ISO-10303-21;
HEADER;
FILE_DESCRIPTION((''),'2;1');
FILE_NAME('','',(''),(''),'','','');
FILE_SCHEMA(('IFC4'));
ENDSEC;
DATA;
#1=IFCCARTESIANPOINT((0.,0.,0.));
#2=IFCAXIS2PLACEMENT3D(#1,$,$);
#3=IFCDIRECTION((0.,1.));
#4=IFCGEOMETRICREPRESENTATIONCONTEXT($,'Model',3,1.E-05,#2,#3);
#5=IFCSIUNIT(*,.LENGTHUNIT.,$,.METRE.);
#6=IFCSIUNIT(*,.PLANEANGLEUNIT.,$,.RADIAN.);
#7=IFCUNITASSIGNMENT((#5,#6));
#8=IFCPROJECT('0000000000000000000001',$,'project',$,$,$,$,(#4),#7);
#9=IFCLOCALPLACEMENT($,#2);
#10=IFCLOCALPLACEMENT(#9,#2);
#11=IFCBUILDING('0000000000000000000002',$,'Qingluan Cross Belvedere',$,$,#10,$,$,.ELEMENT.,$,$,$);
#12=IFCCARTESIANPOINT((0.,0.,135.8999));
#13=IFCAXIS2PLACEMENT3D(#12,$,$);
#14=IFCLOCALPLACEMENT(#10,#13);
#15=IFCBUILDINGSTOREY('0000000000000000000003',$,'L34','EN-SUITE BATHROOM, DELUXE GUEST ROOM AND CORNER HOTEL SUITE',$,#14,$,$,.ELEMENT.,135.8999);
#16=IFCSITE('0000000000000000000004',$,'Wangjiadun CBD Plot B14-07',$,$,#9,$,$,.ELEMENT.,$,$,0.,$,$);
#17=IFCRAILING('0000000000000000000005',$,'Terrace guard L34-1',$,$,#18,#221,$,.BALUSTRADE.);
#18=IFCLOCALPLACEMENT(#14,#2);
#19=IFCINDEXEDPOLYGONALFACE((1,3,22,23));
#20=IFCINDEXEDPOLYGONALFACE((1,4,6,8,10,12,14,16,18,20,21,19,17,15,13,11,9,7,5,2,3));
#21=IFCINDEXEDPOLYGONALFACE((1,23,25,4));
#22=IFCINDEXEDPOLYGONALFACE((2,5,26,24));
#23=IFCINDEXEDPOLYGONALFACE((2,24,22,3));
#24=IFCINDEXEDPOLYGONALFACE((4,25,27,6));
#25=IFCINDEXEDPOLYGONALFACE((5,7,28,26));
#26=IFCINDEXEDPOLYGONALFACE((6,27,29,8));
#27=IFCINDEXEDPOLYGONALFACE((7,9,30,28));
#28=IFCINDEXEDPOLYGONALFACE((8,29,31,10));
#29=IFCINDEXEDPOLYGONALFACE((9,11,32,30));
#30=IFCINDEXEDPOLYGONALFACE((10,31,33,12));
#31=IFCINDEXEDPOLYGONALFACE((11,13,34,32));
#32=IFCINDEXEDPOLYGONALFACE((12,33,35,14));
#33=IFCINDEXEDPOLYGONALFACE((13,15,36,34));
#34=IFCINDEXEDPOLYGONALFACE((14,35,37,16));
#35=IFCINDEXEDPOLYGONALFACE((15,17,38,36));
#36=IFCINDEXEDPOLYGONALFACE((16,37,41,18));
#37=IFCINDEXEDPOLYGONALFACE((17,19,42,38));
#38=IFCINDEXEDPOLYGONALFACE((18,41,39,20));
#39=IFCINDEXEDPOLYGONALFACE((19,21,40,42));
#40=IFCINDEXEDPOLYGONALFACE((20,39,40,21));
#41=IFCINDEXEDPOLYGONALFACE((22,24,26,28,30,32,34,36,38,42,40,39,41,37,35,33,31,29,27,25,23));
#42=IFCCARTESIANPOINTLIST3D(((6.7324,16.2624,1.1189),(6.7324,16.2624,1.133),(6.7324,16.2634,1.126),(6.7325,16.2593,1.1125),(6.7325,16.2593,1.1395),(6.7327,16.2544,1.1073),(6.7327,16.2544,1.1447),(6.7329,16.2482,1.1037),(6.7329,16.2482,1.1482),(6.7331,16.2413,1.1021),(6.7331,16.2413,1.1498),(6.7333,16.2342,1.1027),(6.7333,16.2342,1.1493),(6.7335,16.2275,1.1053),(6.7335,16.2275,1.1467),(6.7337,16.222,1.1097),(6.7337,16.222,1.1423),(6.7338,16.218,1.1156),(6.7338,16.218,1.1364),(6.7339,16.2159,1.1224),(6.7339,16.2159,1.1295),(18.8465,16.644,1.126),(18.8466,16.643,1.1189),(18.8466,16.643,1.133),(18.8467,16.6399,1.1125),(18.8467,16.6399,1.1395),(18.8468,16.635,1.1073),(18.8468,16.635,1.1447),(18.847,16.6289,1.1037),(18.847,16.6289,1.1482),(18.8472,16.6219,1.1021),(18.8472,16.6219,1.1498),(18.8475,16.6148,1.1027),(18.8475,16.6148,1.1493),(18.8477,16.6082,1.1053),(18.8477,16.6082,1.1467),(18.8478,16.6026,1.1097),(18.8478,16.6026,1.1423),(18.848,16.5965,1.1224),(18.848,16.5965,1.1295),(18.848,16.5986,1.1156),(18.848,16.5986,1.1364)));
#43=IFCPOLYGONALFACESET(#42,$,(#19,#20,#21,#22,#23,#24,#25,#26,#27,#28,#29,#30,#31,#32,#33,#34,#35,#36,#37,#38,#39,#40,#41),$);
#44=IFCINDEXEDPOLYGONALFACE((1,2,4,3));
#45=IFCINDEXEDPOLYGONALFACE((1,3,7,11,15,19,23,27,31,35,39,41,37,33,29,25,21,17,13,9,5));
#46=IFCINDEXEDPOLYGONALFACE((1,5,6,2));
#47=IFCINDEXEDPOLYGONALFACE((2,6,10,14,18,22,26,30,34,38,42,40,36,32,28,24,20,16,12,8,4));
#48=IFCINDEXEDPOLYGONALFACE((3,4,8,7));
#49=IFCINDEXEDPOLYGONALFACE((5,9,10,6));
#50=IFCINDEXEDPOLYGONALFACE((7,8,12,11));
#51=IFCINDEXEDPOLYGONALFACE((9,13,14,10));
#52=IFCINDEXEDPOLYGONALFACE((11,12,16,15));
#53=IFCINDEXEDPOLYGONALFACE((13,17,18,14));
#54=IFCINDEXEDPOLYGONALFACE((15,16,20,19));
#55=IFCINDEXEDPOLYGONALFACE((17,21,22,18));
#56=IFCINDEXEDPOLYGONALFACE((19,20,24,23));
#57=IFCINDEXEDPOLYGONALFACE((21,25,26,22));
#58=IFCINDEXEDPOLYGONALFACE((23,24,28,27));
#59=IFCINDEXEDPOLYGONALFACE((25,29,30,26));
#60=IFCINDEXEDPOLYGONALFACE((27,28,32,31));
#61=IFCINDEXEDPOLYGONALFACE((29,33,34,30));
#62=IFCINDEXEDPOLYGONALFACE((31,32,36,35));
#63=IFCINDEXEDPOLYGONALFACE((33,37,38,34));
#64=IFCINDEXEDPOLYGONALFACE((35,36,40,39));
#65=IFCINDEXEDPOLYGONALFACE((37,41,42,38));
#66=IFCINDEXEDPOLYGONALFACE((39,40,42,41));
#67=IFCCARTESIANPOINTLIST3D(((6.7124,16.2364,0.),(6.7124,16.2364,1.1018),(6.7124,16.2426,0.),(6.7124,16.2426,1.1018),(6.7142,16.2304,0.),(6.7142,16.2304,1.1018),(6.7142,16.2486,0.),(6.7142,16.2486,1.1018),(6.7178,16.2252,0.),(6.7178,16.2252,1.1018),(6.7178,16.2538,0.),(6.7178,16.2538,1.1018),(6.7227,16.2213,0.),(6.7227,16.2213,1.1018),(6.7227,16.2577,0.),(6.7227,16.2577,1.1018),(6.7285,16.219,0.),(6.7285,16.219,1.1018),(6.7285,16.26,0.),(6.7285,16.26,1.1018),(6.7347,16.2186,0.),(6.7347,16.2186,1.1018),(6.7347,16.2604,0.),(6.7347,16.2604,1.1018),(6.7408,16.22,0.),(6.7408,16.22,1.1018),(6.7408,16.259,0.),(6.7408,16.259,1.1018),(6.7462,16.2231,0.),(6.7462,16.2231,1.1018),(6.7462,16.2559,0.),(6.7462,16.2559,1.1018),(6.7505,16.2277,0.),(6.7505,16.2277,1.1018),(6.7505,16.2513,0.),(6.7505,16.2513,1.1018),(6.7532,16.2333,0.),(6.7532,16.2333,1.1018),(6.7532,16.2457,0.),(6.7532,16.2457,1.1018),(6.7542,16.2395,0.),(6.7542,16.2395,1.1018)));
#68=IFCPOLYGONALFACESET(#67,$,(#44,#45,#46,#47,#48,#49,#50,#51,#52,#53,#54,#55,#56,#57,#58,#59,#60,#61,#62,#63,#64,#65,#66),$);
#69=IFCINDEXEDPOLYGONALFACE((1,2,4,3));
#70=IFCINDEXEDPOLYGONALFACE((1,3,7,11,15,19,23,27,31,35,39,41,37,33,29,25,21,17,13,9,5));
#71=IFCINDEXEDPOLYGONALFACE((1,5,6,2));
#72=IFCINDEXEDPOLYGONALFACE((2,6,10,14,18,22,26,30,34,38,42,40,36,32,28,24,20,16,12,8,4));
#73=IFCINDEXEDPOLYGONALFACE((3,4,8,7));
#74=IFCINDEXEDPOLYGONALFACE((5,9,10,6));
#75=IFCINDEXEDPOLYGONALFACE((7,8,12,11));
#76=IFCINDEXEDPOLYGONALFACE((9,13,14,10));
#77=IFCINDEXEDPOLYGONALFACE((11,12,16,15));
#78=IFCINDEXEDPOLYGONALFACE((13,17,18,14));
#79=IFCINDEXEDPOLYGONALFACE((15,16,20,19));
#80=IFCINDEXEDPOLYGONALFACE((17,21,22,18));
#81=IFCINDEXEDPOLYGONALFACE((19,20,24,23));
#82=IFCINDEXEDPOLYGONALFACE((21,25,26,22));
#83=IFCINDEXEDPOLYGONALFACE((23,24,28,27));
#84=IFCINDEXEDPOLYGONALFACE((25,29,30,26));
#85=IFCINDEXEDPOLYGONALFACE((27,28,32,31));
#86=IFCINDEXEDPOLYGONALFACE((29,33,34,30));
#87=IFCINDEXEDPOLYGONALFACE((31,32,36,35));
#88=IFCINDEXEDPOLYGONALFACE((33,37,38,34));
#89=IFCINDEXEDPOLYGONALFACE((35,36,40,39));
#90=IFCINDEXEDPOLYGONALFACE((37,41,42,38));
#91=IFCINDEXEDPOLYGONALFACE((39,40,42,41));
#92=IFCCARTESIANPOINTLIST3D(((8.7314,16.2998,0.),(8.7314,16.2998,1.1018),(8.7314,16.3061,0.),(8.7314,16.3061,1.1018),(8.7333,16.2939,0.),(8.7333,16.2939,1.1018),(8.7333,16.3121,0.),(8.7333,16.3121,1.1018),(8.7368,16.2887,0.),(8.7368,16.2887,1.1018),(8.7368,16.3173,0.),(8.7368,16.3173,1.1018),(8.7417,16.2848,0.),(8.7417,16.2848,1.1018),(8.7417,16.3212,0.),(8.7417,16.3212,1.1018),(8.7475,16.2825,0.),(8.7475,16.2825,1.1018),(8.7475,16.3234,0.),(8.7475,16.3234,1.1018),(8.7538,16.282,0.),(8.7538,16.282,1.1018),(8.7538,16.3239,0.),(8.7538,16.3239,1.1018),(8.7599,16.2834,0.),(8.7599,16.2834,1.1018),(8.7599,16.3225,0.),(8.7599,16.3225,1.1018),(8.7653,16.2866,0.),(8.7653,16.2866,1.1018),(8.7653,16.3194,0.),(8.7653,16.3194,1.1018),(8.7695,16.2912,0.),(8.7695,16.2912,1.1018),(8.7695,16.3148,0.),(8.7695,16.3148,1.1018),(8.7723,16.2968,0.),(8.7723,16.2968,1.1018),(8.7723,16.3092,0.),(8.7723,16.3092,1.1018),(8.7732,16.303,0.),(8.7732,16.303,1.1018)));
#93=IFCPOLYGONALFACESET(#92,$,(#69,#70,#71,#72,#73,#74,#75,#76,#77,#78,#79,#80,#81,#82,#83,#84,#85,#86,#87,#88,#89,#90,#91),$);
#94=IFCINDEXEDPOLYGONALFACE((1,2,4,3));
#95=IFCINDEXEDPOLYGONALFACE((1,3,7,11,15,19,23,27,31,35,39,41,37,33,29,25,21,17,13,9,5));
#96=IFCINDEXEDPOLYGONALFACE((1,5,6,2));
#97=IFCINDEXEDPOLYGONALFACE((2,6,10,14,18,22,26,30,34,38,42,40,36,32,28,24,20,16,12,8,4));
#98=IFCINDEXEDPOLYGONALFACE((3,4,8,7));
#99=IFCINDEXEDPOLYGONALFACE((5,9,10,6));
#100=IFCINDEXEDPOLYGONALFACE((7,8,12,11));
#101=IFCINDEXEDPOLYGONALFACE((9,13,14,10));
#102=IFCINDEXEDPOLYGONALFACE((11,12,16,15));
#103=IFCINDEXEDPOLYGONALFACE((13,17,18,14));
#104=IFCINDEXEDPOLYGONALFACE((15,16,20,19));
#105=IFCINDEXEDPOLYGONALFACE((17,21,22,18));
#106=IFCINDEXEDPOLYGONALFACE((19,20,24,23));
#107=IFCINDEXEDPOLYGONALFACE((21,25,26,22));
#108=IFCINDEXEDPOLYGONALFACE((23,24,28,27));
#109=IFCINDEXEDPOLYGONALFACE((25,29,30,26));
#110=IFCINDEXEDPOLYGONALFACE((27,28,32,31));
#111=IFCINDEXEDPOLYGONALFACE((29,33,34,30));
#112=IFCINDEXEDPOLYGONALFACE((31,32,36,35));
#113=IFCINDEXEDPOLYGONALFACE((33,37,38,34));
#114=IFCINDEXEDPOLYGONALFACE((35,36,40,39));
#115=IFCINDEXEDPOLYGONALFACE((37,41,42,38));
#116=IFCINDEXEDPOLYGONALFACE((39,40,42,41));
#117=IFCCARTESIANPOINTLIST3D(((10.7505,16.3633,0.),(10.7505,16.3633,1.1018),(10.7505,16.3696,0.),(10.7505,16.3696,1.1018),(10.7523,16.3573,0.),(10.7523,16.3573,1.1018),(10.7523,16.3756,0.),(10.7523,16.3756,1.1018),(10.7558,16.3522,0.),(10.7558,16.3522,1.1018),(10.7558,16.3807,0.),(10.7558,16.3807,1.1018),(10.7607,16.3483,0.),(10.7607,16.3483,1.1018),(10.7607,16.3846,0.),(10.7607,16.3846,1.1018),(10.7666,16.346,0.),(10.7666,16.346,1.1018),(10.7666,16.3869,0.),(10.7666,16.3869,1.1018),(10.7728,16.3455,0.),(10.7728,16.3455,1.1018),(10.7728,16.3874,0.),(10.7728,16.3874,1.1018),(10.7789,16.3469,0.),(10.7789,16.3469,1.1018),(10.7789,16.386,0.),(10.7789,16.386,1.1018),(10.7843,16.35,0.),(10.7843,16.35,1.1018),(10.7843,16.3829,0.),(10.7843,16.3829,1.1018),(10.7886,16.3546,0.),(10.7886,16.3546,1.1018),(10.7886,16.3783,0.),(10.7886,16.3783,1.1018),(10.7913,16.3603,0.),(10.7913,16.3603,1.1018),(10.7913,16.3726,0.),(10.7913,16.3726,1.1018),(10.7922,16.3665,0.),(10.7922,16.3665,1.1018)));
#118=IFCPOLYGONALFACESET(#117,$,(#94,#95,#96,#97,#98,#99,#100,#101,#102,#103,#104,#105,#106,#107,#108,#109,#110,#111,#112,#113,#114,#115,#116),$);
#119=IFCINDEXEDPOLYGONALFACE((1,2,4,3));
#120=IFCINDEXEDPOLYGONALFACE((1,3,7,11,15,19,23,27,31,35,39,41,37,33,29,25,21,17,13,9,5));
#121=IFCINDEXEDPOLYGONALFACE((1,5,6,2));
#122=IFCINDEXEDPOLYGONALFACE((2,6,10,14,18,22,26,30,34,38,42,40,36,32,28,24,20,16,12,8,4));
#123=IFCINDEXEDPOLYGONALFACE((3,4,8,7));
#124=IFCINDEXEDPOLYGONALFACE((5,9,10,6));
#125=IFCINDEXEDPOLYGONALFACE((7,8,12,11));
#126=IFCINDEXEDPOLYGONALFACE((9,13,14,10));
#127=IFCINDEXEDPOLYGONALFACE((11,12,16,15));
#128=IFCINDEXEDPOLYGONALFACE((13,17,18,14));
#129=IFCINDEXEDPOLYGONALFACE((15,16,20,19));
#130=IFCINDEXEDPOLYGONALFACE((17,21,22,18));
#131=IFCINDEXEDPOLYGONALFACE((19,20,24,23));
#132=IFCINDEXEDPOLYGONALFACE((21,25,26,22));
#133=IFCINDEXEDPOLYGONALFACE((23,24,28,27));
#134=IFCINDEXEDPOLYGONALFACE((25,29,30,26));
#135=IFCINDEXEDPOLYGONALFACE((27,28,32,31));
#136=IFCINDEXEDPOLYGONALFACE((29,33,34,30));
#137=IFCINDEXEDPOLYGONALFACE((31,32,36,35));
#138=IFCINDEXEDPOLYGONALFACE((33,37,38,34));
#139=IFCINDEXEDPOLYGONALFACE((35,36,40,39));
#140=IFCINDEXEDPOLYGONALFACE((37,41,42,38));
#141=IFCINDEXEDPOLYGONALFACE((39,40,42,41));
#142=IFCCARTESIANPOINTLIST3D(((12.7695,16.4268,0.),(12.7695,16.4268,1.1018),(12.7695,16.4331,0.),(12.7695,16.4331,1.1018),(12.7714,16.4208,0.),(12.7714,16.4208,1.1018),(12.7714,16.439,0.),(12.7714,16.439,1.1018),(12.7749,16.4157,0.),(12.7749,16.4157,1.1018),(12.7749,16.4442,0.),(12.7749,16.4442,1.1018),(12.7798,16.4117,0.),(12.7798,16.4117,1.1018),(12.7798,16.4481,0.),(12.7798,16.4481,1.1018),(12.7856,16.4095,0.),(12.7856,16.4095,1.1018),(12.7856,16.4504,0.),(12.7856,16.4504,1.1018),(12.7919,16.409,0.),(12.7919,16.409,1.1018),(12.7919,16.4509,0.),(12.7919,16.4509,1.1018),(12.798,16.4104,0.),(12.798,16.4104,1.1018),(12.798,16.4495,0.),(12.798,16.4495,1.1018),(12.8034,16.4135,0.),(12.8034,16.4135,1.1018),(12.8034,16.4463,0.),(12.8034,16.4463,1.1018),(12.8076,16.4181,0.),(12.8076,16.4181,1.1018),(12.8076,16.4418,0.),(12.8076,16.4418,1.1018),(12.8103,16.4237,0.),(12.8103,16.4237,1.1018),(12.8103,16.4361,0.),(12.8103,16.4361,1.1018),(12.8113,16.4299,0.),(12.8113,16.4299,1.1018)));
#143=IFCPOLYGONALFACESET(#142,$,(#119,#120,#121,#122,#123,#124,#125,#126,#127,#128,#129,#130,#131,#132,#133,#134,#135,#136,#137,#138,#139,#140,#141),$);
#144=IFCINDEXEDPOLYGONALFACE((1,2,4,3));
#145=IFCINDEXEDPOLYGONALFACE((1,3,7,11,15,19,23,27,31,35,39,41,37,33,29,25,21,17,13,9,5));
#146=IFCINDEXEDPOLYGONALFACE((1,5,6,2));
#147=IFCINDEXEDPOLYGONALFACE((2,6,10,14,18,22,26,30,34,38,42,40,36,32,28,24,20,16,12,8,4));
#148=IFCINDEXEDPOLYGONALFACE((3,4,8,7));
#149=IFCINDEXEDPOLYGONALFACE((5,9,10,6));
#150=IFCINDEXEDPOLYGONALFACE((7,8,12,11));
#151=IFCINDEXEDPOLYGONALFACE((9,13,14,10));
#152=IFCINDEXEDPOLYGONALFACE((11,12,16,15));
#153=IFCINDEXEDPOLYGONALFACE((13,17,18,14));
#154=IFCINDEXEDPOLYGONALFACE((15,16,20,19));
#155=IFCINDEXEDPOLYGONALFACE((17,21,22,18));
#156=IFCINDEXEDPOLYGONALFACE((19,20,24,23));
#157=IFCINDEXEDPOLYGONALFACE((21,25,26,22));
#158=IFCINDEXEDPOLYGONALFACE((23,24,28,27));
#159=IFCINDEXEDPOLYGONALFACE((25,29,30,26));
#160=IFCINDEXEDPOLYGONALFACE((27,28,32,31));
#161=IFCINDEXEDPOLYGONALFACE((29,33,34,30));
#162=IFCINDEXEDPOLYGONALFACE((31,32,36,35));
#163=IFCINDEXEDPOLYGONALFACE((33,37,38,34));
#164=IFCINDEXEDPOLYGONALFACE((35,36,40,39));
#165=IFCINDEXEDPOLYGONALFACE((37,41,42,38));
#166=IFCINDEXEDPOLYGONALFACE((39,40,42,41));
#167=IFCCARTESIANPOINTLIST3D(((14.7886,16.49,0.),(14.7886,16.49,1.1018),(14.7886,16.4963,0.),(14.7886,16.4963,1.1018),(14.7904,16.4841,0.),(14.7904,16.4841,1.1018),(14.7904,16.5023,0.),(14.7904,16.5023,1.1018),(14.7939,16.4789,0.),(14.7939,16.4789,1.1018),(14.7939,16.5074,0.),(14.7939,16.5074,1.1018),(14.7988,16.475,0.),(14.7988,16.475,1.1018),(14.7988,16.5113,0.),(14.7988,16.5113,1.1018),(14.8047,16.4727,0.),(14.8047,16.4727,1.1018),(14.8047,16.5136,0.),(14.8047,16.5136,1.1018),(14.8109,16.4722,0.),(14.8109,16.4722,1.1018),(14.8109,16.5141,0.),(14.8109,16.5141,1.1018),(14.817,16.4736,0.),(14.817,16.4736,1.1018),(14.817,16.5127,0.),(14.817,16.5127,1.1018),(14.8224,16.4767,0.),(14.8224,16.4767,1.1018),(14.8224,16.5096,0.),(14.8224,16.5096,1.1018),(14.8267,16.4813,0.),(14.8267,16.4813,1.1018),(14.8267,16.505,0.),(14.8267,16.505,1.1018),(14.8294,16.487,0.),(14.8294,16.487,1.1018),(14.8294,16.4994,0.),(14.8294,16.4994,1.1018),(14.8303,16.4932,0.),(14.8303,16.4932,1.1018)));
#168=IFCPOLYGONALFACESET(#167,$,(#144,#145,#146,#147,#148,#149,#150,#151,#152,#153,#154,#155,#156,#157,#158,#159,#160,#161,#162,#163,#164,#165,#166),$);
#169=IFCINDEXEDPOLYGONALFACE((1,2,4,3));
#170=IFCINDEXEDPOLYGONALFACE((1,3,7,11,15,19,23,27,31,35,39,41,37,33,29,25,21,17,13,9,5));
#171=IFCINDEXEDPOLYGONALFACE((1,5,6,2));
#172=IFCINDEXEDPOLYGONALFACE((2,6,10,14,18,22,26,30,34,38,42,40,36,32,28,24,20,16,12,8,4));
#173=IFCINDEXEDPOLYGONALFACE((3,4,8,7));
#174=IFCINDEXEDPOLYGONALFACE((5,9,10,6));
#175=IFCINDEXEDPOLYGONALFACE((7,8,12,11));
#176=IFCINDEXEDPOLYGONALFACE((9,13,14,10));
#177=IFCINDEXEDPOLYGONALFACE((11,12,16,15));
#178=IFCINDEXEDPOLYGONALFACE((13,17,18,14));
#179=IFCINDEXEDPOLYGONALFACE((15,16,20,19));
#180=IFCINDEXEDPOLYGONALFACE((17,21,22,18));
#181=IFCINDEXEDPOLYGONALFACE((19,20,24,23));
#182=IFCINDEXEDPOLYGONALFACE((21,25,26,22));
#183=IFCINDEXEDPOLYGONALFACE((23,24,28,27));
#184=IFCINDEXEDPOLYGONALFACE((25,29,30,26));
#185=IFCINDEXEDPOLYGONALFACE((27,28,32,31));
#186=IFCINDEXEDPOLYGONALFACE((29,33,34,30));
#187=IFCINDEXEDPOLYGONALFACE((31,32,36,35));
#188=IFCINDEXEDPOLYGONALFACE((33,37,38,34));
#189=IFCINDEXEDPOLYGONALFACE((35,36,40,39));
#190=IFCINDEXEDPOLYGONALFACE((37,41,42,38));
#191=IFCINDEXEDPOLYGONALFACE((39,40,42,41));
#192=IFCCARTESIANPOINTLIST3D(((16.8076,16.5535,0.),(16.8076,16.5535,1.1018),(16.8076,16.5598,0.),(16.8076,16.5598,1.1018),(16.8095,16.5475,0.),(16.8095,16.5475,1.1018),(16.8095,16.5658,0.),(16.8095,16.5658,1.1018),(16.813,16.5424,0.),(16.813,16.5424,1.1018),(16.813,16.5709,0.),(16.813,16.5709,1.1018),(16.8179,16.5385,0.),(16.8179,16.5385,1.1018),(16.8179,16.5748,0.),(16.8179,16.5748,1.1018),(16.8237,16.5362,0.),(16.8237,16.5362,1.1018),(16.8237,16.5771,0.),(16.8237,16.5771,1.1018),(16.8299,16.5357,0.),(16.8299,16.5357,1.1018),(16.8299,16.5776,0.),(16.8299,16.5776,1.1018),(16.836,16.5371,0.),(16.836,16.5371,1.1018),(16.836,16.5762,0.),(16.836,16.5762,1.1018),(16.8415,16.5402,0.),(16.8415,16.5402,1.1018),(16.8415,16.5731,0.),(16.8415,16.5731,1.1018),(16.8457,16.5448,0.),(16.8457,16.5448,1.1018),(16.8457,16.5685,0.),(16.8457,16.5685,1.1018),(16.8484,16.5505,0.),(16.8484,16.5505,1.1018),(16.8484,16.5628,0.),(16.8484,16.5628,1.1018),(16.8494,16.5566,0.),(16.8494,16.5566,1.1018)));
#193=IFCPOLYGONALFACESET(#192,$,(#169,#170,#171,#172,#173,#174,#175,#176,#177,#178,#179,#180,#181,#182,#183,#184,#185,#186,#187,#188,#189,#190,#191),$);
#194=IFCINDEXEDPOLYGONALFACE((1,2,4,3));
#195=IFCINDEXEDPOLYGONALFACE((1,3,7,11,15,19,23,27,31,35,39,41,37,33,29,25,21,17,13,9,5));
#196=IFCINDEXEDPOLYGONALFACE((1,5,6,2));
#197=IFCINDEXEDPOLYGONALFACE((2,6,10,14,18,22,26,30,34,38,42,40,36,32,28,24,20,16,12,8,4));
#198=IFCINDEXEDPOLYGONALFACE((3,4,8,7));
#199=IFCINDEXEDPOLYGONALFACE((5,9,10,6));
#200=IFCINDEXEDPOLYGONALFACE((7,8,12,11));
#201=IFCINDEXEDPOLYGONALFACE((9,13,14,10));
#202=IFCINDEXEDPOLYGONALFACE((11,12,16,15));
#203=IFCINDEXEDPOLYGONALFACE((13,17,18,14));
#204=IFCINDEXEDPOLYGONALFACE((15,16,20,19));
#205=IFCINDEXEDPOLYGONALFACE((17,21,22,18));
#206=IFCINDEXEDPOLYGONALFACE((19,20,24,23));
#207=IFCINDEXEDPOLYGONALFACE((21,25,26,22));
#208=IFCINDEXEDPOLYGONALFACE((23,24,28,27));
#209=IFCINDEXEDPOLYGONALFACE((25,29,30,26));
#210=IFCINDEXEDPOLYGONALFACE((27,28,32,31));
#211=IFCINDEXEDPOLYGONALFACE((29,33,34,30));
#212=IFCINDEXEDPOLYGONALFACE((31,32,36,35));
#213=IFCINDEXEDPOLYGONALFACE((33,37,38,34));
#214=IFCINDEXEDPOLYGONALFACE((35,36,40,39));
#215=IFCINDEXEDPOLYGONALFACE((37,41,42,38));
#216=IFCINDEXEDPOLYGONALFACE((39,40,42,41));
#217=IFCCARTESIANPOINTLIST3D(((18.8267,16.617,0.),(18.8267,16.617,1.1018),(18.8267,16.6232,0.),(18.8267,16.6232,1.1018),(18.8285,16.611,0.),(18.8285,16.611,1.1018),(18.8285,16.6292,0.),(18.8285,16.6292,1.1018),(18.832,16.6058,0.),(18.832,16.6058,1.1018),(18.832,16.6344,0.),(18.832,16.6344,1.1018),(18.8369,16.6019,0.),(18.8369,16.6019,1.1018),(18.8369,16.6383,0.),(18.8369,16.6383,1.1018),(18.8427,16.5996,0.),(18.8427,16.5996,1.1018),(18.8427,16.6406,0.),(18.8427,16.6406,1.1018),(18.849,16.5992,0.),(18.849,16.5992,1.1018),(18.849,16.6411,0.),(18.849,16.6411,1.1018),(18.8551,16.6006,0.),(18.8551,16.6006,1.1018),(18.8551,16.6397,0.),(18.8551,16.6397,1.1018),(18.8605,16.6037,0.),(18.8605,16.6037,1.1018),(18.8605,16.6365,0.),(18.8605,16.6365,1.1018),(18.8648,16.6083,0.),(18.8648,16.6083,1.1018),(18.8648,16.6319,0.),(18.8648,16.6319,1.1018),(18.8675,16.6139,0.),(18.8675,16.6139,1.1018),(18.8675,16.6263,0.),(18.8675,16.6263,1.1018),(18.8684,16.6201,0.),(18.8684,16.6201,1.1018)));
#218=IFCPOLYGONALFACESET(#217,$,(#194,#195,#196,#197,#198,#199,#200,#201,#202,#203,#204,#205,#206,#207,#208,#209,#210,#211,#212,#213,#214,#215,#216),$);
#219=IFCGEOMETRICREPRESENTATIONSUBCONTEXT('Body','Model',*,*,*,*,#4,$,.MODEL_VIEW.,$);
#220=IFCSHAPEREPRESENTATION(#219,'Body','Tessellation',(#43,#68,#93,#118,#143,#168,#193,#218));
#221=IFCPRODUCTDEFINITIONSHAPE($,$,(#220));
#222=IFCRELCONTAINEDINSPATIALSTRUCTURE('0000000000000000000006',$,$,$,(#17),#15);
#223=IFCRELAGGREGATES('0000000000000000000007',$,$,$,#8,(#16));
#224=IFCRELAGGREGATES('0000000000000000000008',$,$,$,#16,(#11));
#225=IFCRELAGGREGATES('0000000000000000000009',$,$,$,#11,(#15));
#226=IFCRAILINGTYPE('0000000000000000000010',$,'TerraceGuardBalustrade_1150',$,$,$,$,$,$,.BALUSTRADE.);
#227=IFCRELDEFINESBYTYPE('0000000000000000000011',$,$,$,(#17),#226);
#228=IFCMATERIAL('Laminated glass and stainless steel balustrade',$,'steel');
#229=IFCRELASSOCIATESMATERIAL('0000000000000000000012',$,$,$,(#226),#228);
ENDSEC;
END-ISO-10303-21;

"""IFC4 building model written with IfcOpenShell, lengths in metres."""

from ifc_helpers import new_model, si_unit, direction, frame, origin, origin_2d, place, context, subcontext, project, spatial, circle, extrude, material, type_object, element, save


model = new_model("IFC4")

# Units and contexts
model_context = context("Model", 3, precision=1e-05, world=origin(), true_north=direction((0.0, 1.0)))
body_context = subcontext(model_context, "Body", "Model", "MODEL_VIEW")
ifc_project = project(units=[si_unit("LENGTHUNIT", "METRE"), si_unit("PLANEANGLEUNIT", "RADIAN")], contexts=[model_context])

# Site, building, storey
site_placement = place(None, origin())
site = spatial("IfcSite", under=ifc_project, at=site_placement, Name="Wangjiadun CBD Plot B14-07", CompositionType="ELEMENT", RefElevation=0.0)
building_placement = place(site_placement, origin())
building = spatial("IfcBuilding", under=site, at=building_placement, Name="Qingluan Cross Belvedere", CompositionType="ELEMENT")
storey_placement = place(building_placement, frame((0.0, 0.0, 135.8999)))
storey = spatial("IfcBuildingStorey", under=building, at=storey_placement, Name="L34", Description="EN-SUITE BATHROOM, DELUXE GUEST ROOM AND CORNER HOTEL SUITE", CompositionType="ELEMENT", Elevation=135.8999)

# Railing
ifc_material_1 = material(Name="Laminated glass and stainless steel balustrade", Category="steel")
railing_type = type_object("IfcRailingType", Name="TerraceGuardBalustrade_1150", PredefinedType="BALUSTRADE", material=ifc_material_1)
railing_1_placement = place(storey_placement, frame((6.7332, 16.2395, 0.0)))
element("IfcRailing", 1, at=railing_1_placement, inside=storey, type_object=railing_type, Name="Terrace guard L34-1", PredefinedType="BALUSTRADE", context=body_context, shape_type="SweptSolid", body=[
    extrude(circle(Radius=0.0239, at=origin_2d()), frame((0.0, 0.0, 1.126), z_axis=(0.999507, 0.031403, 0.0), x_axis=(-0.031403, 0.999507, 0.0)), (0.0, 0.0, 1.0), 12.1201),
    extrude(circle(Radius=0.021, at=origin_2d()), origin(), (0.0, 0.0, 1.0), 1.1018),
    extrude(circle(Radius=0.021, at=origin_2d()), frame((2.019, 0.0635, 0.0)), (0.0, 0.0, 1.0), 1.1018),
    extrude(circle(Radius=0.021, at=origin_2d()), frame((4.0381, 0.127, 0.0)), (0.0, 0.0, 1.0), 1.1018),
    extrude(circle(Radius=0.021, at=origin_2d()), frame((6.0571, 0.1904, 0.0)), (0.0, 0.0, 1.0), 1.1018),
    extrude(circle(Radius=0.021, at=origin_2d()), frame((8.0762, 0.2537, 0.0)), (0.0, 0.0, 1.0), 1.1018),
    extrude(circle(Radius=0.021, at=origin_2d()), frame((10.0952, 0.3171, 0.0)), (0.0, 0.0, 1.0), 1.1018),
    extrude(circle(Radius=0.021, at=origin_2d()), frame((12.1143, 0.3806, 0.0)), (0.0, 0.0, 1.0), 1.1018),
])

save(model, "model.ifc")
